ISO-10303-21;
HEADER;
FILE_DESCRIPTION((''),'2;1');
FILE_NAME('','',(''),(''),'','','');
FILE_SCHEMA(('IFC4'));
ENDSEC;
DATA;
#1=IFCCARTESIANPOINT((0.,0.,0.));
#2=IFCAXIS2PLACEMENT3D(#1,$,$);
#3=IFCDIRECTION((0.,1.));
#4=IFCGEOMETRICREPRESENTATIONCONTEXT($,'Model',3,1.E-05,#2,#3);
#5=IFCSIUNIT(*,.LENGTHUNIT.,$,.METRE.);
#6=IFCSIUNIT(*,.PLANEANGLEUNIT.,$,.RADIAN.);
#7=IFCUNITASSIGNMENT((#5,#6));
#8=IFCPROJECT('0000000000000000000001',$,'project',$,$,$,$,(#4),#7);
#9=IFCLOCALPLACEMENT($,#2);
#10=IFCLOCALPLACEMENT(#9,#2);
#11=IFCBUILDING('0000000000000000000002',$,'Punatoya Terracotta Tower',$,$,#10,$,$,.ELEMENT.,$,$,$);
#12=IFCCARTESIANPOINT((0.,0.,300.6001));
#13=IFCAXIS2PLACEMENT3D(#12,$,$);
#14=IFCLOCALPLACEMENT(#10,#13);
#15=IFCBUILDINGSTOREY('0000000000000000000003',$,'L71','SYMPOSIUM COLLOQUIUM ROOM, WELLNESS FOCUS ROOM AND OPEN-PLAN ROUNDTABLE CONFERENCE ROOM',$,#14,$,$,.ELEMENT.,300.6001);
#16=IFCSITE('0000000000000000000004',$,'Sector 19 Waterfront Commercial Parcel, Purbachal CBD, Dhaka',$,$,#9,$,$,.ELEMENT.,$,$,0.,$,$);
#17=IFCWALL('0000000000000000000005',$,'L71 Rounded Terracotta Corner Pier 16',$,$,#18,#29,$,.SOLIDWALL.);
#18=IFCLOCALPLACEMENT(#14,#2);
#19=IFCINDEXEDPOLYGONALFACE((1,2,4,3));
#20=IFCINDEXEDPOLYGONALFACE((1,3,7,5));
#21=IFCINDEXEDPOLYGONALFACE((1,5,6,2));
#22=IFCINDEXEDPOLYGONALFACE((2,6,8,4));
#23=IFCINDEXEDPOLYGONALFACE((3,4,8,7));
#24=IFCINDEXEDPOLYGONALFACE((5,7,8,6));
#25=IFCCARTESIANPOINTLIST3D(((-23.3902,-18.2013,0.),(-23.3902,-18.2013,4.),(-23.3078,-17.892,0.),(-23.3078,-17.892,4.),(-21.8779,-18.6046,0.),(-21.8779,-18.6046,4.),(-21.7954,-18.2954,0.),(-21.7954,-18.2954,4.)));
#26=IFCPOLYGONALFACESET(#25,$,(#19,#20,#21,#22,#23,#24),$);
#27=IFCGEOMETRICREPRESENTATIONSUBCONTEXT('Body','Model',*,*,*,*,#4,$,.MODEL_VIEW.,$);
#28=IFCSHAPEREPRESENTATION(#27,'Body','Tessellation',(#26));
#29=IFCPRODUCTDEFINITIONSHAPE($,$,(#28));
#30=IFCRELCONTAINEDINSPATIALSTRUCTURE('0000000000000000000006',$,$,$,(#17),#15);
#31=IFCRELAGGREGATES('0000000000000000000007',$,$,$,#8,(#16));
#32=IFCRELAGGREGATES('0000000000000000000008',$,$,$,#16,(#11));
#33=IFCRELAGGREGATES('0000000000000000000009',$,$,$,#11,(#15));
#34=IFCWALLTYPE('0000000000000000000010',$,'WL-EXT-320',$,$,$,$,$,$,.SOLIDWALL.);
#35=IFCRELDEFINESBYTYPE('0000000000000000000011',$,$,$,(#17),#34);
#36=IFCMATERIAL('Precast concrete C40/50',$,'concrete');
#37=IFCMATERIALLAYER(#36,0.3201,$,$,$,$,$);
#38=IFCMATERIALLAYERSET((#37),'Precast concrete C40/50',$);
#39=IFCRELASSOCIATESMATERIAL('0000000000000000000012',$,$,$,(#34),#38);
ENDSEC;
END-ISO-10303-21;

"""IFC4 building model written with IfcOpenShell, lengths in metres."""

from ifc_helpers import new_model, si_unit, direction, frame, frame_2d, origin, place, context, subcontext, project, spatial, rectangle, extrude, material, layer, layer_set, type_object, element, save


model = new_model("IFC4")

# Units and contexts
model_context = context("Model", 3, precision=1e-05, world=origin(), true_north=direction((0.0, 1.0)))
body_context = subcontext(model_context, "Body", "Model", "MODEL_VIEW")
ifc_project = project(units=[si_unit("LENGTHUNIT", "METRE"), si_unit("PLANEANGLEUNIT", "RADIAN")], contexts=[model_context])

# Site, building, storey
site_placement = place(None, origin())
site = spatial("IfcSite", under=ifc_project, at=site_placement, Name="Sector 19 Waterfront Commercial Parcel, Purbachal CBD, Dhaka", CompositionType="ELEMENT", RefElevation=0.0)
building_placement = place(site_placement, origin())
building = spatial("IfcBuilding", under=site, at=building_placement, Name="Punatoya Terracotta Tower", CompositionType="ELEMENT")
storey_placement = place(building_placement, frame((0.0, 0.0, 300.6001)))
storey = spatial("IfcBuildingStorey", under=building, at=storey_placement, Name="L71", Description="SYMPOSIUM COLLOQUIUM ROOM, WELLNESS FOCUS ROOM AND OPEN-PLAN ROUNDTABLE CONFERENCE ROOM", CompositionType="ELEMENT", Elevation=300.6001)

# Wall
ifc_material_1 = material(Name="Precast concrete C40/50", Category="concrete")
ifc_layer_1 = layer(ifc_material_1, 0.3201)
ifc_layer_set_1 = layer_set([ifc_layer_1], Name="Precast concrete C40/50")
wall_type = type_object("IfcWallType", Name="WL-EXT-320", PredefinedType="SOLIDWALL", material=ifc_layer_set_1)
wall_1_placement = place(storey_placement, frame((-23.3491, -18.0466, 0.0), z_axis=(0.0, 0.0, 1.0), x_axis=(0.966225, -0.257701, 0.0)))
element("IfcWall", 1, at=wall_1_placement, inside=storey, type_object=wall_type, Name="L71 Rounded Terracotta Corner Pier 16", PredefinedType="SOLIDWALL", context=body_context, shape_type="SweptSolid", body=[
    extrude(rectangle(XDim=1.5652, YDim=0.3201, at=frame_2d((0.7827, 0.0))), origin(), (0.0, 0.0, 1.0), 4.0),
])

save(model, "model.ifc")
